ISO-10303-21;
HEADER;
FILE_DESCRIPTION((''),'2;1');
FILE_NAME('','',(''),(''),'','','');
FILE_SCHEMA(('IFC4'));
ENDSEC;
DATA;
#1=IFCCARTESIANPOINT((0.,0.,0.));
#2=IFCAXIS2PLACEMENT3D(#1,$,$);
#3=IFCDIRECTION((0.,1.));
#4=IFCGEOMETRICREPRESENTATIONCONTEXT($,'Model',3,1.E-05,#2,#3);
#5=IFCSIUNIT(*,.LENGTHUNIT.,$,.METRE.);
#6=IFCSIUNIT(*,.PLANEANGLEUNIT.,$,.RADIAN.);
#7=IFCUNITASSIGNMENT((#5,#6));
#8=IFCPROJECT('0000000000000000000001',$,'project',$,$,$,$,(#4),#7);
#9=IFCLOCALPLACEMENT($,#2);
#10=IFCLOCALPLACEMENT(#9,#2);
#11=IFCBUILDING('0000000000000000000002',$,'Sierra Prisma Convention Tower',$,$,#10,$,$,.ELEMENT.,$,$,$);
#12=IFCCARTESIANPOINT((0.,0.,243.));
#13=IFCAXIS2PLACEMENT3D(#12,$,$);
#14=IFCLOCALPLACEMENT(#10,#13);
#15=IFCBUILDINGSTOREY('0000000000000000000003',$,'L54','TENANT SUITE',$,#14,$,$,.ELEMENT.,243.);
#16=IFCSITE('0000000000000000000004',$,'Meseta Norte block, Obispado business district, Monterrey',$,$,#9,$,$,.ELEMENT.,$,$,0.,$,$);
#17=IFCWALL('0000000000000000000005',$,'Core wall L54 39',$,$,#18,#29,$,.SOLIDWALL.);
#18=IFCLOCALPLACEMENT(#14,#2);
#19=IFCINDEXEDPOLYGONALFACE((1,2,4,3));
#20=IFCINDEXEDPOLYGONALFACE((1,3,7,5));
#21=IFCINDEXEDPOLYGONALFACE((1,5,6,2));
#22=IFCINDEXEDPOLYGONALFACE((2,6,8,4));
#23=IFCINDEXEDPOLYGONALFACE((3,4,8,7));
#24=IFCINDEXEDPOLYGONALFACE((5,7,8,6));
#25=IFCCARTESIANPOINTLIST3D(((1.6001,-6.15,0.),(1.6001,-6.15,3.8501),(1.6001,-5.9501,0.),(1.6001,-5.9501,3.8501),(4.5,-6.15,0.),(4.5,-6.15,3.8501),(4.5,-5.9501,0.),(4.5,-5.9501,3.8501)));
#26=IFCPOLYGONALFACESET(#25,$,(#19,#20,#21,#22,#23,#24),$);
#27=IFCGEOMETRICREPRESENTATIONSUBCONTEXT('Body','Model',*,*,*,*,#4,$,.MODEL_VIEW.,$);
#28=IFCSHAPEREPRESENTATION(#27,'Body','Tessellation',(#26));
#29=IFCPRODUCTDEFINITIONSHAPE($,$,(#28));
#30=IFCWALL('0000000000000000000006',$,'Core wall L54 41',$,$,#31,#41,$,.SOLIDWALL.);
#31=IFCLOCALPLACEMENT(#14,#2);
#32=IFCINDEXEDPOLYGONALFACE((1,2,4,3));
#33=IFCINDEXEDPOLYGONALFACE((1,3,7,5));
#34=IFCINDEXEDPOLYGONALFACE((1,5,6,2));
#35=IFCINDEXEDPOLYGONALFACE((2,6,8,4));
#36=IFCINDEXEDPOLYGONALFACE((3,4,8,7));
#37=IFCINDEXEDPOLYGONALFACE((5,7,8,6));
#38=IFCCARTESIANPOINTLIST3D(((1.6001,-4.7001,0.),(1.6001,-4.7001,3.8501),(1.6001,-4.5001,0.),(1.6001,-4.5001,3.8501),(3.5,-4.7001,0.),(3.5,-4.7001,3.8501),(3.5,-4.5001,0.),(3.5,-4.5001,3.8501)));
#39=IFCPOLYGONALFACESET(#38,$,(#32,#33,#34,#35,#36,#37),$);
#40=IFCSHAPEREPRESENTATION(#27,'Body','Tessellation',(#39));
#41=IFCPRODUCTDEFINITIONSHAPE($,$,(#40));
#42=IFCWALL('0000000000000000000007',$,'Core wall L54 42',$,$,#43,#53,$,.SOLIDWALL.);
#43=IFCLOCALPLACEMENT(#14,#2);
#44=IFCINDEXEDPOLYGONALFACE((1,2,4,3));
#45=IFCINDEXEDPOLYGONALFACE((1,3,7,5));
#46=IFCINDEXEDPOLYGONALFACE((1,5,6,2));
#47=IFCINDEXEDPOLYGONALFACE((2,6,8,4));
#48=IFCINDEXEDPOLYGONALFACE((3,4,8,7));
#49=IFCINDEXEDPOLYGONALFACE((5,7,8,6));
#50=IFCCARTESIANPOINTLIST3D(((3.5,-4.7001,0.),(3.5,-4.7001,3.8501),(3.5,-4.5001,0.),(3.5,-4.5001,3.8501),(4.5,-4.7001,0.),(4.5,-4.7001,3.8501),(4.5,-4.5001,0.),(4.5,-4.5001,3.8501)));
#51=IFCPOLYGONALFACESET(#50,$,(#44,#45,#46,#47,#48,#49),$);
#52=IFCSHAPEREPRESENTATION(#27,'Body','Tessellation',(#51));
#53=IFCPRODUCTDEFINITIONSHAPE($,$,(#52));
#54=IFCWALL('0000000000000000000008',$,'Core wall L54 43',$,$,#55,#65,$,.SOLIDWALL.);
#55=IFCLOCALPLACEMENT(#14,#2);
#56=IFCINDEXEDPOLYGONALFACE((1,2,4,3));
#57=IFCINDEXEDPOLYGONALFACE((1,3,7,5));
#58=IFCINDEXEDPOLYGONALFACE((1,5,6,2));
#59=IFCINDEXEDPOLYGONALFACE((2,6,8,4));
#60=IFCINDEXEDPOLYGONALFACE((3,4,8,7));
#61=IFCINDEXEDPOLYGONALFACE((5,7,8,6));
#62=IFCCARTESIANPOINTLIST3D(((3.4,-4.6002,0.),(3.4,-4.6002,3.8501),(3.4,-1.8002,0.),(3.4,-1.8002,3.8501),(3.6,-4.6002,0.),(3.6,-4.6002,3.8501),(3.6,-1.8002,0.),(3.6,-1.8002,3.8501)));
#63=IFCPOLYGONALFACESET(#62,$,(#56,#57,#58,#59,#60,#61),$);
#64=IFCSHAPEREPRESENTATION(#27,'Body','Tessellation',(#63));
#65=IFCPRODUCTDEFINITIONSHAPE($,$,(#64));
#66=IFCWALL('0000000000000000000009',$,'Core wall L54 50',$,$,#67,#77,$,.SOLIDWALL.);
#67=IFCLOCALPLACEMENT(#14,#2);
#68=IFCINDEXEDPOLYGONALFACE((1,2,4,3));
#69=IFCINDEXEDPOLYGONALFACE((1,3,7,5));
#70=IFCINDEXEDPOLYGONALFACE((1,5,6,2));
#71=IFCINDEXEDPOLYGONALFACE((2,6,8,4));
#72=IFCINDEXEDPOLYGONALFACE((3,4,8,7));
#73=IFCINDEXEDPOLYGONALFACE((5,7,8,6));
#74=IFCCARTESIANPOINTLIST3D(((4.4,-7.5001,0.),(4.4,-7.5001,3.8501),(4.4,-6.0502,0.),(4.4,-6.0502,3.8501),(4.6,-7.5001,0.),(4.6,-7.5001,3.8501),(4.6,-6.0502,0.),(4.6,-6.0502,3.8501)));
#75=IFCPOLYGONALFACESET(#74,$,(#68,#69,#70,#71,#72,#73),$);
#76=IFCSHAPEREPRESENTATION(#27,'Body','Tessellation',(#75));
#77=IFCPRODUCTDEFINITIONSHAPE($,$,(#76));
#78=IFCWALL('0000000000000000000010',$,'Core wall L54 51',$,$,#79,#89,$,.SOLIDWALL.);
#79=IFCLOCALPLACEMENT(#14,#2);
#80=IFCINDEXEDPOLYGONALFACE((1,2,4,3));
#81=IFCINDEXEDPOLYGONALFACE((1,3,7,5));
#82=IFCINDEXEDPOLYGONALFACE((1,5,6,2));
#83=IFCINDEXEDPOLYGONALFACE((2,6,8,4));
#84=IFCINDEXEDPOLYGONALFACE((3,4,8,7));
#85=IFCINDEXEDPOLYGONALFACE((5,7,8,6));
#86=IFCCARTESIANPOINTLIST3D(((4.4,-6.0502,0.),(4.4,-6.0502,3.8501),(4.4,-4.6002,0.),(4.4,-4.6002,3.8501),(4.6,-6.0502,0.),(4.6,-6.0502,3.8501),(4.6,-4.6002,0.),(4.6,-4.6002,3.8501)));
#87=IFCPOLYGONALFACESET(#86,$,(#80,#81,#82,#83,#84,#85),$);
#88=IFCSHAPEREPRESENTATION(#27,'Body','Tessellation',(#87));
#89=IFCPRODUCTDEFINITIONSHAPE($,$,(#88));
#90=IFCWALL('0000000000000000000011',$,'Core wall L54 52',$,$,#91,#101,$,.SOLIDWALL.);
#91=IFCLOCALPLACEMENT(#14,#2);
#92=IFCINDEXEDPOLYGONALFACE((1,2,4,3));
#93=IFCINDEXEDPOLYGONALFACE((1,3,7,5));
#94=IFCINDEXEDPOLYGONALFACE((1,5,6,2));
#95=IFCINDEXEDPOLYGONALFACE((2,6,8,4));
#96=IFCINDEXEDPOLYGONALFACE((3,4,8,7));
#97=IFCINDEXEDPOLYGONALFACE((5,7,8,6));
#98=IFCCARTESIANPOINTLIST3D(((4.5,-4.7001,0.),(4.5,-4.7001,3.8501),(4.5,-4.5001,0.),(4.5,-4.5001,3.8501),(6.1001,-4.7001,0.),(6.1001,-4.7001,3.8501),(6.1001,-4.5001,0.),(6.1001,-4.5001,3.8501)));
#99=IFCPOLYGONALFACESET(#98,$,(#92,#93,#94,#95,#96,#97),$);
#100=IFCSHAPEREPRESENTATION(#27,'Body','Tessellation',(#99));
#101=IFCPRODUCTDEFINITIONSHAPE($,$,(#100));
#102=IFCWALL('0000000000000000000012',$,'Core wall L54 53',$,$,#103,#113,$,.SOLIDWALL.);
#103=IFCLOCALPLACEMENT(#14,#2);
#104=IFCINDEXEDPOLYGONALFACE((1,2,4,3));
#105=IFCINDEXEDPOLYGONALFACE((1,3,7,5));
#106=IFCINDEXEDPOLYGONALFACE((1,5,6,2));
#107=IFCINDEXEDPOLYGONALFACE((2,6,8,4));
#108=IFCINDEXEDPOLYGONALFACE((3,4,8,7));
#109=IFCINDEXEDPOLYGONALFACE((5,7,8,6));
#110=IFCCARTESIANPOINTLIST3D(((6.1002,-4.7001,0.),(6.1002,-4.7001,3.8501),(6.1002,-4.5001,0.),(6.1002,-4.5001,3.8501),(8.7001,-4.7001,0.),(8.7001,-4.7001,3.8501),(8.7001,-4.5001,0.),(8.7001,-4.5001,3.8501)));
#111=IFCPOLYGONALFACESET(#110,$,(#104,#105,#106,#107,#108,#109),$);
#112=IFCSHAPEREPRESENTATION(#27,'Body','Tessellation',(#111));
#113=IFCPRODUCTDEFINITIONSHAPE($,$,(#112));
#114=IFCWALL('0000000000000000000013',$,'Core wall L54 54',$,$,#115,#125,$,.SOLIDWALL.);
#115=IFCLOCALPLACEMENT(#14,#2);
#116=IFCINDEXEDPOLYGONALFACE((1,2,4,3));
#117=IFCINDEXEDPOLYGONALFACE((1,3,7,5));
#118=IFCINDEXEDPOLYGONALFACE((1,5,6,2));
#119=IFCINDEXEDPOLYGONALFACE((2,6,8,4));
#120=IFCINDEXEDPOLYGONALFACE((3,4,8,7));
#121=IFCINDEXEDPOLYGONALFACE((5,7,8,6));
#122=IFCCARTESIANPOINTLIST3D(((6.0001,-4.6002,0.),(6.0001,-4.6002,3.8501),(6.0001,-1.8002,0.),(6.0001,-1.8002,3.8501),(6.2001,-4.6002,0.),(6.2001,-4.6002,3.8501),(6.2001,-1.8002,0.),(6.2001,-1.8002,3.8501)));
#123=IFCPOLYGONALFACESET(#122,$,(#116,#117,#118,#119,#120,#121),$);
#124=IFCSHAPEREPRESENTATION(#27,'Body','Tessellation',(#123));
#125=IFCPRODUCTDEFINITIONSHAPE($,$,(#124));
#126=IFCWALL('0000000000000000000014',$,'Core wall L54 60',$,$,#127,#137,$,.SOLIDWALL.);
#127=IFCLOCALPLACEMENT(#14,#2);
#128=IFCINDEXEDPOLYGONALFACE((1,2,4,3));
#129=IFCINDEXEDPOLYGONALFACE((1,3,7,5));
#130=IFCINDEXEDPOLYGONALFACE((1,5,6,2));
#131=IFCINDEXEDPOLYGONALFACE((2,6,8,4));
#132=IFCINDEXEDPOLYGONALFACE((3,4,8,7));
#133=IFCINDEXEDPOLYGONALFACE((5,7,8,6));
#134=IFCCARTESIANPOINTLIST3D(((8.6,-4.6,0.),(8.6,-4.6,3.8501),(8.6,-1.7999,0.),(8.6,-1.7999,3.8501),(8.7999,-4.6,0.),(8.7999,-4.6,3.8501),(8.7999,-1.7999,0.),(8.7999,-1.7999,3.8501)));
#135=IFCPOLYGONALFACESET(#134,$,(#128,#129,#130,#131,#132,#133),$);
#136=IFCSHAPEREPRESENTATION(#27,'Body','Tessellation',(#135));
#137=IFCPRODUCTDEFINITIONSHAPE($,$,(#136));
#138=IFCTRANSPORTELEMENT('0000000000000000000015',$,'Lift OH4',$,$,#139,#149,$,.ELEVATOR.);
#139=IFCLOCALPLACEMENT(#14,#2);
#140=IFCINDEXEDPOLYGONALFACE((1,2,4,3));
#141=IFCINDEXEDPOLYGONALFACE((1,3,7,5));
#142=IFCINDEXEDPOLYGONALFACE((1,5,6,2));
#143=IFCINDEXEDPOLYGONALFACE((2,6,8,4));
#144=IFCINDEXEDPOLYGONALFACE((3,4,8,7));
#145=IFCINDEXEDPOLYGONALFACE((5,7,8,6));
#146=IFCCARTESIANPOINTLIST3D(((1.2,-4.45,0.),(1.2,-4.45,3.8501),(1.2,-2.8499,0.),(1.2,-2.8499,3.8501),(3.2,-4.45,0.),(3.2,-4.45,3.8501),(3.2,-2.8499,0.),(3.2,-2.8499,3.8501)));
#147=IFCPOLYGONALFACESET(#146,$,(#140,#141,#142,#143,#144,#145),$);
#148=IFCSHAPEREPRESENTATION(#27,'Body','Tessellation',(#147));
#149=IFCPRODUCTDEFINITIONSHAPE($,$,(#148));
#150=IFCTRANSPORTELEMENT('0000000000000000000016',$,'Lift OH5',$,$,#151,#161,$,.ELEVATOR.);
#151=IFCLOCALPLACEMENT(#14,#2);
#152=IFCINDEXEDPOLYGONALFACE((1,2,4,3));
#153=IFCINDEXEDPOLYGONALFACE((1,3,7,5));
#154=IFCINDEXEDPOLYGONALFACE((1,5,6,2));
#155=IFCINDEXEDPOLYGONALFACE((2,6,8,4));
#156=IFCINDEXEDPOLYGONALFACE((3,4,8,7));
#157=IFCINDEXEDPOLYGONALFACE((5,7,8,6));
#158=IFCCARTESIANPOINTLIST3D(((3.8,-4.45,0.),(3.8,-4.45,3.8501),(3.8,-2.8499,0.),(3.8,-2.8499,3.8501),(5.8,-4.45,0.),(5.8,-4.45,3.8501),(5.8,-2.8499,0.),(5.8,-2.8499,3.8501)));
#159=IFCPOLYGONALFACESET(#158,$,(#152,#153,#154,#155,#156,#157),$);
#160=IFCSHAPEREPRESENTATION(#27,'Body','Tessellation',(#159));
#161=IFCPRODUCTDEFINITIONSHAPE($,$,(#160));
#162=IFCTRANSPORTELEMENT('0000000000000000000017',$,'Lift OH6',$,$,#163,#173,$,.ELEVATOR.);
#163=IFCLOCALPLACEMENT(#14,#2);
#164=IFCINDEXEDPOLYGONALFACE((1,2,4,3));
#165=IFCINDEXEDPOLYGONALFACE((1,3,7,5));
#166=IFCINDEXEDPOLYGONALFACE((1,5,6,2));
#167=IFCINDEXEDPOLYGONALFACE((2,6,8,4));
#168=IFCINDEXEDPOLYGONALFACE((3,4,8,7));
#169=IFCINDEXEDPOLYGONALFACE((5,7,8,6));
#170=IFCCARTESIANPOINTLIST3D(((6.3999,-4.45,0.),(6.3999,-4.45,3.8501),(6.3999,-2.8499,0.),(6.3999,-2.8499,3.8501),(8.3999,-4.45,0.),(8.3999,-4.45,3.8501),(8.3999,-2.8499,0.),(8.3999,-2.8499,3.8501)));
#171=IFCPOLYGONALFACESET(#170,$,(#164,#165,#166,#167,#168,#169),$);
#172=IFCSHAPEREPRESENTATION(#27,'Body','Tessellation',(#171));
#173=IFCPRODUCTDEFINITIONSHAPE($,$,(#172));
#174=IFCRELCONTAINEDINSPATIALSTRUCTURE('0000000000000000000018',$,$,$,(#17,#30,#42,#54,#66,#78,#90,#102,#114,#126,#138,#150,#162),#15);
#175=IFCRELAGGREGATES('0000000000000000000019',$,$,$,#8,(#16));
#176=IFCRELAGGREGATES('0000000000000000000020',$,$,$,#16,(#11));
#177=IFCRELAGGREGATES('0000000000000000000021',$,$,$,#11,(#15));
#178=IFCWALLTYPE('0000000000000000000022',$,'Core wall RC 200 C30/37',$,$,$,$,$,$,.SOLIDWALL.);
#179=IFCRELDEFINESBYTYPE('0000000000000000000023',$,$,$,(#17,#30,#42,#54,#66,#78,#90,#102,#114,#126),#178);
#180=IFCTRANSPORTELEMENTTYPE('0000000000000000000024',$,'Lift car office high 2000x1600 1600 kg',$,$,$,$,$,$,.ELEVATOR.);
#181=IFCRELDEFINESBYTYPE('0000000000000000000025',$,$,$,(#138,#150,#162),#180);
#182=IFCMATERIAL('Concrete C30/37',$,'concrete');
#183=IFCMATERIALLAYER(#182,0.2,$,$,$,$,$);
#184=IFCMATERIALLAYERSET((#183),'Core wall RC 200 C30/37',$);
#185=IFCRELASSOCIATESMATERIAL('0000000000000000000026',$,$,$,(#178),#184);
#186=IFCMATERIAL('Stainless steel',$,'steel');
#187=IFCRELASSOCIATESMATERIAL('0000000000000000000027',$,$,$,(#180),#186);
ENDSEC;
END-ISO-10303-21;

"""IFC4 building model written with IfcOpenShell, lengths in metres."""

from ifc_helpers import new_model, si_unit, direction, frame, frame_2d, origin, origin_2d, place, context, subcontext, project, spatial, rectangle, extrude, material, layer, layer_set, type_object, element, save


model = new_model("IFC4")

# Units and contexts
model_context = context("Model", 3, precision=1e-05, world=origin(), true_north=direction((0.0, 1.0)))
body_context = subcontext(model_context, "Body", "Model", "MODEL_VIEW")
ifc_project = project(units=[si_unit("LENGTHUNIT", "METRE"), si_unit("PLANEANGLEUNIT", "RADIAN")], contexts=[model_context])

# Site, building, storey
site_placement = place(None, origin())
site = spatial("IfcSite", under=ifc_project, at=site_placement, Name="Meseta Norte block, Obispado business district, Monterrey", CompositionType="ELEMENT", RefElevation=0.0)
building_placement = place(site_placement, origin())
building = spatial("IfcBuilding", under=site, at=building_placement, Name="Sierra Prisma Convention Tower", CompositionType="ELEMENT")
storey_placement = place(building_placement, frame((0.0, 0.0, 243.0)))
storey = spatial("IfcBuildingStorey", under=building, at=storey_placement, Name="L54", Description="TENANT SUITE", CompositionType="ELEMENT", Elevation=243.0)

# Walls
ifc_material_1 = material(Name="Concrete C30/37", Category="concrete")
ifc_layer = layer(ifc_material_1, 0.2)
ifc_layer_set = layer_set([ifc_layer], Name="Core wall RC 200 C30/37")
wall_type = type_object("IfcWallType", Name="Core wall RC 200 C30/37", PredefinedType="SOLIDWALL", material=ifc_layer_set)
wall_1_placement = place(storey_placement, frame((4.5, -6.05, 0.0), z_axis=(0.0, 0.0, 1.0), x_axis=(-1.0, 0.0, 0.0)))
element("IfcWall", 1, at=wall_1_placement, inside=storey, type_object=wall_type, Name="Core wall L54 39", PredefinedType="SOLIDWALL", context=body_context, shape_type="SweptSolid", body=[
    extrude(rectangle(XDim=2.8999, YDim=0.2, at=frame_2d((1.45, 0.0))), origin(), (0.0, 0.0, 1.0), 3.8501),
])
wall_2_placement = place(storey_placement, frame((3.5, -4.6001, 0.0), z_axis=(0.0, 0.0, 1.0), x_axis=(-1.0, 0.0, 0.0)))
element("IfcWall", 2, at=wall_2_placement, inside=storey, type_object=wall_type, Name="Core wall L54 41", PredefinedType="SOLIDWALL", context=body_context, shape_type="SweptSolid", body=[
    extrude(rectangle(XDim=1.8999, YDim=0.2, at=frame_2d((0.95, 0.0))), origin(), (0.0, 0.0, 1.0), 3.8501),
])
wall_3_placement = place(storey_placement, frame((4.5, -4.6001, 0.0), z_axis=(0.0, 0.0, 1.0), x_axis=(-1.0, 0.0, 0.0)))
element("IfcWall", 3, at=wall_3_placement, inside=storey, type_object=wall_type, Name="Core wall L54 42", PredefinedType="SOLIDWALL", context=body_context, shape_type="SweptSolid", body=[
    extrude(rectangle(XDim=1.0, YDim=0.2, at=frame_2d((0.5, 0.0))), origin(), (0.0, 0.0, 1.0), 3.8501),
])
wall_4_placement = place(storey_placement, frame((3.5, -4.6001, 0.0), z_axis=(0.0, 0.0, 1.0), x_axis=(0.0, 1.0, 0.0)))
element("IfcWall", 4, at=wall_4_placement, inside=storey, type_object=wall_type, Name="Core wall L54 43", PredefinedType="SOLIDWALL", context=body_context, shape_type="SweptSolid", body=[
    extrude(rectangle(XDim=2.8, YDim=0.2, at=frame_2d((1.3999, 0.0))), origin(), (0.0, 0.0, 1.0), 3.8501),
])

# Walls
for number, where, z_axis, x_axis, name in (
    (5, (4.5, -6.05, 0.0), (0.0, 0.0, 1.0), (0.0, -1.0, 0.0), "Core wall L54 50"),
    (6, (4.5, -4.6001, 0.0), (0.0, 0.0, 1.0), (0.0, -1.0, 0.0), "Core wall L54 51"),
):
    element("IfcWall", number, at=place(storey_placement, frame(where, z_axis=z_axis, x_axis=x_axis)), inside=storey, type_object=wall_type, Name=name, PredefinedType="SOLIDWALL", context=body_context, shape_type="SweptSolid", body=[
        extrude(rectangle(XDim=1.45, YDim=0.2, at=frame_2d((0.7251, 0.0))), origin(), (0.0, 0.0, 1.0), 3.8501),
    ])
wall_5_placement = place(storey_placement, frame((6.1001, -4.6001, 0.0), z_axis=(0.0, 0.0, 1.0), x_axis=(-1.0, 0.0, 0.0)))
element("IfcWall", 7, at=wall_5_placement, inside=storey, type_object=wall_type, Name="Core wall L54 52", PredefinedType="SOLIDWALL", context=body_context, shape_type="SweptSolid", body=[
    extrude(rectangle(XDim=1.6001, YDim=0.2, at=frame_2d((0.8, 0.0))), origin(), (0.0, 0.0, 1.0), 3.8501),
])
wall_6_placement = place(storey_placement, frame((8.7, -4.6001, 0.0), z_axis=(0.0, 0.0, 1.0), x_axis=(-1.0, 0.0, 0.0)))
element("IfcWall", 8, at=wall_6_placement, inside=storey, type_object=wall_type, Name="Core wall L54 53", PredefinedType="SOLIDWALL", context=body_context, shape_type="SweptSolid", body=[
    extrude(rectangle(XDim=2.5999, YDim=0.2, at=frame_2d((1.2998, 0.0))), origin(), (0.0, 0.0, 1.0), 3.8501),
])
wall_7_placement = place(storey_placement, frame((6.1001, -4.6001, 0.0), z_axis=(0.0, 0.0, 1.0), x_axis=(0.0, 1.0, 0.0)))
element("IfcWall", 9, at=wall_7_placement, inside=storey, type_object=wall_type, Name="Core wall L54 54", PredefinedType="SOLIDWALL", context=body_context, shape_type="SweptSolid", body=[
    extrude(rectangle(XDim=2.8, YDim=0.2, at=frame_2d((1.3999, 0.0))), origin(), (0.0, 0.0, 1.0), 3.8501),
])

# Wall
wall_8_placement = place(storey_placement, frame((8.7, -1.8, 0.0), z_axis=(0.0, 0.0, 1.0), x_axis=(0.0, -1.0, 0.0)))
element("IfcWall", 10, at=wall_8_placement, inside=storey, type_object=wall_type, Name="Core wall L54 60", PredefinedType="SOLIDWALL", context=body_context, shape_type="SweptSolid", body=[
    extrude(rectangle(XDim=2.8, YDim=0.2, at=frame_2d((1.3999, 0.0))), origin(), (0.0, 0.0, 1.0), 3.8501),
])

# Transport elements
ifc_material_2 = material(Name="Stainless steel", Category="steel")
transport_element_type = type_object("IfcTransportElementType", Name="Lift car office high 2000x1600 1600 kg", PredefinedType="ELEVATOR", material=ifc_material_2)
for number, where, z_axis, x_axis, name in (
    (11, (2.2, -3.6499, 0.0), (0.0, 0.0, 1.0), (1.0, 0.0, 0.0), "Lift OH4"),
    (12, (4.8, -3.6499, 0.0), (0.0, 0.0, 1.0), (1.0, 0.0, 0.0), "Lift OH5"),
    (13, (7.3999, -3.6499, 0.0), (0.0, 0.0, 1.0), (1.0, 0.0, 0.0), "Lift OH6"),
):
    element("IfcTransportElement", number, at=place(storey_placement, frame(where, z_axis=z_axis, x_axis=x_axis)), inside=storey, type_object=transport_element_type, Name=name, PredefinedType="ELEVATOR", context=body_context, shape_type="SweptSolid", body=[
        extrude(rectangle(XDim=2.0, YDim=1.6001, at=origin_2d()), origin(), (0.0, 0.0, 1.0), 3.8501),
    ])

save(model, "model.ifc")
